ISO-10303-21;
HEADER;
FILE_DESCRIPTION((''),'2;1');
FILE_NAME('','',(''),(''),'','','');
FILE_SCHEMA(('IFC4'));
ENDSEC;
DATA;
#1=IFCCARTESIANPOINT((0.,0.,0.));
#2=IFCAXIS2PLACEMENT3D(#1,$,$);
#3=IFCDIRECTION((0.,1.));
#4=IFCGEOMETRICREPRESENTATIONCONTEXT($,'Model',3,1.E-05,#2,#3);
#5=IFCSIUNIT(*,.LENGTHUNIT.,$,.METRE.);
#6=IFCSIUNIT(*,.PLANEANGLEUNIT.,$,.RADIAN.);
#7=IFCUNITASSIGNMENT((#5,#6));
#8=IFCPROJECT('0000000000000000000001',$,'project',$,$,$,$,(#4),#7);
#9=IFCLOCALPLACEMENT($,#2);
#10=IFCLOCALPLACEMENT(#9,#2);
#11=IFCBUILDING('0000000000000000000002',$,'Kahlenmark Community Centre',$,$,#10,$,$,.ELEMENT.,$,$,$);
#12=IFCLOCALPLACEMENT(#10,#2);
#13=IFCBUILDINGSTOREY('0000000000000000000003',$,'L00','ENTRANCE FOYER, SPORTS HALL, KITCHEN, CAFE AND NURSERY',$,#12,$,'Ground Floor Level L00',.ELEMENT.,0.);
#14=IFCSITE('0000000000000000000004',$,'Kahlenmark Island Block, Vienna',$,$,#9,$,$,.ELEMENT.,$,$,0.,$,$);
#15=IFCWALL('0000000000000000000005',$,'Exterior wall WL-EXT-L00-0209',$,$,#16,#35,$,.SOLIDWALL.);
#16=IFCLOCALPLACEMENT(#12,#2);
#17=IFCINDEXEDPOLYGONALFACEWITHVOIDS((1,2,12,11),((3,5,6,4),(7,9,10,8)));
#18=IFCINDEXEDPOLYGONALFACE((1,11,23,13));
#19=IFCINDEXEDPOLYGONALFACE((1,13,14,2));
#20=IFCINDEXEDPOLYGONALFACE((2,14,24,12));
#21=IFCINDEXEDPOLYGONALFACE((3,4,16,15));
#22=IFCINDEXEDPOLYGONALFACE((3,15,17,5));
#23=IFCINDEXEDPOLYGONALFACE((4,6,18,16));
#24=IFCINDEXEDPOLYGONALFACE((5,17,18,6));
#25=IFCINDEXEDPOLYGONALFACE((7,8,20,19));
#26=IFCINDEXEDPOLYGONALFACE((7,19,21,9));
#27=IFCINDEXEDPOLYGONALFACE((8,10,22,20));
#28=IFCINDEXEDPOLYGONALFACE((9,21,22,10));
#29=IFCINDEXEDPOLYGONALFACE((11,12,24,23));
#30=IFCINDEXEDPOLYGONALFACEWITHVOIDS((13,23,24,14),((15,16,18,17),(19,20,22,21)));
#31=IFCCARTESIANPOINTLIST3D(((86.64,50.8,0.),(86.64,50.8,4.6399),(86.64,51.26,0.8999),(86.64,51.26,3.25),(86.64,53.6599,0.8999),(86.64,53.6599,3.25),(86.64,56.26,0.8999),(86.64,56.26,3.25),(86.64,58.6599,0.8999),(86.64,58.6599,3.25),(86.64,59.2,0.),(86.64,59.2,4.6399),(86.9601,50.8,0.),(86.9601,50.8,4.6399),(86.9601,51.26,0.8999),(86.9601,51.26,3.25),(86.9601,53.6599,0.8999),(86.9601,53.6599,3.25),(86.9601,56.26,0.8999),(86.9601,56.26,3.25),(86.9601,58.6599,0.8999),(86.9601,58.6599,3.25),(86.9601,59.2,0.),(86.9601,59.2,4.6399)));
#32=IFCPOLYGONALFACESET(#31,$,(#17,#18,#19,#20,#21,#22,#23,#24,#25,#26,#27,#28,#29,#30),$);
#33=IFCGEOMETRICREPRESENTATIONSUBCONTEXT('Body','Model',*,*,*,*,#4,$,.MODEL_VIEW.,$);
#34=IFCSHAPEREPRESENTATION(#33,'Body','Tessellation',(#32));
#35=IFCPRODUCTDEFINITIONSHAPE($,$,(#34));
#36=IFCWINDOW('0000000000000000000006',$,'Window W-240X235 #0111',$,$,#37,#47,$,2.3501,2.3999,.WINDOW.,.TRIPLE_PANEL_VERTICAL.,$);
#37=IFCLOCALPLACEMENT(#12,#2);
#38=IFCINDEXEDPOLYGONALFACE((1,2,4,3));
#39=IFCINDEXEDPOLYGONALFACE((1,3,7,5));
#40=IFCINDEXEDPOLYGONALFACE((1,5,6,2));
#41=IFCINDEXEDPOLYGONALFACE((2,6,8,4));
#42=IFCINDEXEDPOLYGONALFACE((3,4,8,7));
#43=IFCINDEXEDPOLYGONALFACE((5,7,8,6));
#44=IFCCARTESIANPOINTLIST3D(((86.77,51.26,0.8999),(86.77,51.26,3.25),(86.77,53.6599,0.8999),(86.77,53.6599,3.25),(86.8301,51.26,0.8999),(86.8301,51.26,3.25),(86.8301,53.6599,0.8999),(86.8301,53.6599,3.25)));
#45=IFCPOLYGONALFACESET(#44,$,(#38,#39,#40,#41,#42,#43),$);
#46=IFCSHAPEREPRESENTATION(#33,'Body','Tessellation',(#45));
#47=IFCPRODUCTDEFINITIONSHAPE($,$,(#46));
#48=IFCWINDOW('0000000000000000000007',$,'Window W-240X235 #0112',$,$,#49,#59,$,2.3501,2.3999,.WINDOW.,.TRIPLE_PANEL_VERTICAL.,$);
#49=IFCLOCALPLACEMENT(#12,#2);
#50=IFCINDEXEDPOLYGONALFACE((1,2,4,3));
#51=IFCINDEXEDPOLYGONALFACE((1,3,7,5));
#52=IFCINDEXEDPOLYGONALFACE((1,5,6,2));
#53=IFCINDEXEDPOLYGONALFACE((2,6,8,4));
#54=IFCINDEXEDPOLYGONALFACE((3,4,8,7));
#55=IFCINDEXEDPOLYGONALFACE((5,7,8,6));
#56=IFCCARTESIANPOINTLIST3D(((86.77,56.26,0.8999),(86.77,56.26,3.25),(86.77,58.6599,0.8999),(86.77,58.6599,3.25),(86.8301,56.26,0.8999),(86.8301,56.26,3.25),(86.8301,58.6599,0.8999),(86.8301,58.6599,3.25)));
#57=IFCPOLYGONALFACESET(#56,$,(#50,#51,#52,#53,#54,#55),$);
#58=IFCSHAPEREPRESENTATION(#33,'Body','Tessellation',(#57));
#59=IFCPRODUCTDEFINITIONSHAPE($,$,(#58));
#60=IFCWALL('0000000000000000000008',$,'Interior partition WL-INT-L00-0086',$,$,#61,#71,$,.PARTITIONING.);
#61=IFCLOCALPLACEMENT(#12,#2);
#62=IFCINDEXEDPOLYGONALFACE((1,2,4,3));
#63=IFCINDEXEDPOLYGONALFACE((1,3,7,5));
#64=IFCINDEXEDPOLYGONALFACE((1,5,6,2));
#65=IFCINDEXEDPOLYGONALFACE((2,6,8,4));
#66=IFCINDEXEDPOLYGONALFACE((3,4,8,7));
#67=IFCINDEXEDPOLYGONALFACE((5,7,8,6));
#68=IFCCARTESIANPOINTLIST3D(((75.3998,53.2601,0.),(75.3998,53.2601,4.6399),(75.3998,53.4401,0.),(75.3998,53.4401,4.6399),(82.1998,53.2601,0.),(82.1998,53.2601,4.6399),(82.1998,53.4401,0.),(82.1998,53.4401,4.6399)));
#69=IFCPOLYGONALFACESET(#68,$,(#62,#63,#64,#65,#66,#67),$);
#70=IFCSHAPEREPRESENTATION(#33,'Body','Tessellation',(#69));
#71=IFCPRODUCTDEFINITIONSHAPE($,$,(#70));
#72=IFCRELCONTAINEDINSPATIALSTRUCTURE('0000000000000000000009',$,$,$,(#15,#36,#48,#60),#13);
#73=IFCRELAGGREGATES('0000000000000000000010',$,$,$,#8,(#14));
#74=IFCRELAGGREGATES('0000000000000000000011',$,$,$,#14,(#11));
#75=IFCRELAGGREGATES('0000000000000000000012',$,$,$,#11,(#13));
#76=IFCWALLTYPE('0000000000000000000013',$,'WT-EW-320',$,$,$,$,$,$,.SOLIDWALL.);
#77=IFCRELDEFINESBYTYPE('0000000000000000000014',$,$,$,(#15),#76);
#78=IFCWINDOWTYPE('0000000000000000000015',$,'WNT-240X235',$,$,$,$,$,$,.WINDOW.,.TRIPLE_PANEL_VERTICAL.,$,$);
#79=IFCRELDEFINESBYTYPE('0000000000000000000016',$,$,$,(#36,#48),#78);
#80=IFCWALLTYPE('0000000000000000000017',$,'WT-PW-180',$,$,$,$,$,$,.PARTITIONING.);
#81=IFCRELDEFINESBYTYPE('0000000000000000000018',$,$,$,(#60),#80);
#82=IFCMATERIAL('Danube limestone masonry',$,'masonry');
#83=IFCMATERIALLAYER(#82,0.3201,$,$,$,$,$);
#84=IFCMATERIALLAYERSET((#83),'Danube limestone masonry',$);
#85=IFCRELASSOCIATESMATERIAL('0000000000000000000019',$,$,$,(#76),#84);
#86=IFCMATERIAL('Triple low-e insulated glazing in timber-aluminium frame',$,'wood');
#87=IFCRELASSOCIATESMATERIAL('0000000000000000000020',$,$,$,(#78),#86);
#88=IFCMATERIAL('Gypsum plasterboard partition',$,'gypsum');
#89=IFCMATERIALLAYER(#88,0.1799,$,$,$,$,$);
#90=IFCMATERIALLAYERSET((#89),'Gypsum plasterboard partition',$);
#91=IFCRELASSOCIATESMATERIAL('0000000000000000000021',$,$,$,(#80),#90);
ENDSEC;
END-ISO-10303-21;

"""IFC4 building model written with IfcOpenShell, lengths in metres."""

from ifc_helpers import new_model, si_unit, direction, frame, frame_2d, origin, place, context, subcontext, project, spatial, rectangle, extrude, material, layer, layer_set, type_object, element, fill, save


model = new_model("IFC4")

# Units and contexts
model_context = context("Model", 3, precision=1e-05, world=origin(), true_north=direction((0.0, 1.0)))
body_context = subcontext(model_context, "Body", "Model", "MODEL_VIEW")
ifc_project = project(units=[si_unit("LENGTHUNIT", "METRE"), si_unit("PLANEANGLEUNIT", "RADIAN")], contexts=[model_context])

# Site, building, storey
site_placement = place(None, origin())
site = spatial("IfcSite", under=ifc_project, at=site_placement, Name="Kahlenmark Island Block, Vienna", CompositionType="ELEMENT", RefElevation=0.0)
building_placement = place(site_placement, origin())
building = spatial("IfcBuilding", under=site, at=building_placement, Name="Kahlenmark Community Centre", CompositionType="ELEMENT")
storey_placement = place(building_placement, origin())
storey = spatial("IfcBuildingStorey", under=building, at=storey_placement, Name="L00", Description="ENTRANCE FOYER, SPORTS HALL, KITCHEN, CAFE AND NURSERY", LongName="Ground Floor Level L00", CompositionType="ELEMENT", Elevation=0.0)

# Wall, openings, windows
ifc_material_1 = material(Name="Danube limestone masonry", Category="masonry")
ifc_layer_1 = layer(ifc_material_1, 0.3201)
ifc_layer_set_1 = layer_set([ifc_layer_1], Name="Danube limestone masonry")
wall_type_1 = type_object("IfcWallType", Name="WT-EW-320", PredefinedType="SOLIDWALL", material=ifc_layer_set_1)
ifc_material_2 = material(Name="Triple low-e insulated glazing in timber-aluminium frame", Category="wood")
wall_1_placement = place(storey_placement, frame((86.8, 50.8, 0.0), z_axis=(0.0, 0.0, 1.0), x_axis=(0.0, 1.0, 0.0)))
wall_1 = element("IfcWall", 1, at=wall_1_placement, inside=storey, type_object=wall_type_1, Name="Exterior wall WL-EXT-L00-0209", PredefinedType="SOLIDWALL", context=body_context, shape_type="SweptSolid", body=[
    extrude(rectangle(XDim=8.3999, YDim=0.3201, at=frame_2d((4.2, 0.0))), origin(), (0.0, 0.0, 1.0), 4.6399),
])
opening_1_placement = place(wall_1_placement, frame((0.46, 0.0, 0.8999)))
opening_1 = element("IfcOpeningElement", 2, at=opening_1_placement, cuts=wall_1, PredefinedType="OPENING", context=body_context, shape_type="SweptSolid", body=[
    extrude(rectangle(XDim=2.3999, YDim=2.3501, at=frame_2d((1.2, 1.175))), frame((0.0, 0.1699, 0.0), z_axis=(0.0, -1.0, 0.0), x_axis=(1.0, 0.0, 0.0)), (0.0, 0.0, 1.0), 0.3401),
])
opening_2_placement = place(wall_1_placement, frame((5.46, 0.0, 0.8999)))
opening_2 = element("IfcOpeningElement", 3, at=opening_2_placement, cuts=wall_1, PredefinedType="OPENING", context=body_context, shape_type="SweptSolid", body=[
    extrude(rectangle(XDim=2.3999, YDim=2.3501, at=frame_2d((1.2, 1.175))), frame((0.0, 0.1699, 0.0), z_axis=(0.0, -1.0, 0.0), x_axis=(1.0, 0.0, 0.0)), (0.0, 0.0, 1.0), 0.3401),
])
window_type_1 = type_object("IfcWindowType", Name="WNT-240X235", PartitioningType="TRIPLE_PANEL_VERTICAL", PredefinedType="WINDOW", material=ifc_material_2)
window_1_placement = place(opening_1_placement, origin())
window_1 = element("IfcWindow", 4, at=window_1_placement, inside=storey, type_object=window_type_1, Name="Window W-240X235 #0111", OverallHeight=2.3501, OverallWidth=2.3999, PartitioningType="TRIPLE_PANEL_VERTICAL", PredefinedType="WINDOW", context=body_context, shape_type="SweptSolid", body=[
    extrude(rectangle(XDim=2.3999, YDim=2.3501, at=frame_2d((1.2, 1.175))), frame((0.0, 0.03, 0.0), z_axis=(0.0, -1.0, 0.0), x_axis=(1.0, 0.0, 0.0)), (0.0, 0.0, 1.0), 0.0601),
])
fill(opening_1, window_1)
window_2_placement = place(opening_2_placement, origin())
window_2 = element("IfcWindow", 5, at=window_2_placement, inside=storey, type_object=window_type_1, Name="Window W-240X235 #0112", OverallHeight=2.3501, OverallWidth=2.3999, PartitioningType="TRIPLE_PANEL_VERTICAL", PredefinedType="WINDOW", context=body_context, shape_type="SweptSolid", body=[
    extrude(rectangle(XDim=2.3999, YDim=2.3501, at=frame_2d((1.2, 1.175))), frame((0.0, 0.03, 0.0), z_axis=(0.0, -1.0, 0.0), x_axis=(1.0, 0.0, 0.0)), (0.0, 0.0, 1.0), 0.0601),
])
fill(opening_2, window_2)

# Wall
ifc_material_3 = material(Name="Gypsum plasterboard partition", Category="gypsum")
ifc_layer_2 = layer(ifc_material_3, 0.1799)
ifc_layer_set_2 = layer_set([ifc_layer_2], Name="Gypsum plasterboard partition")
wall_type_2 = type_object("IfcWallType", Name="WT-PW-180", PredefinedType="PARTITIONING", material=ifc_layer_set_2)
wall_2_placement = place(storey_placement, frame((75.3999, 53.3501, 0.0), z_axis=(0.0, 0.0, 1.0), x_axis=(1.0, 0.0, 0.0)))
element("IfcWall", 6, at=wall_2_placement, inside=storey, type_object=wall_type_2, Name="Interior partition WL-INT-L00-0086", PredefinedType="PARTITIONING", context=body_context, shape_type="SweptSolid", body=[
    extrude(rectangle(XDim=6.8, YDim=0.1799, at=frame_2d((3.3999, 0.0))), origin(), (0.0, 0.0, 1.0), 4.6399),
])

save(model, "model.ifc")
